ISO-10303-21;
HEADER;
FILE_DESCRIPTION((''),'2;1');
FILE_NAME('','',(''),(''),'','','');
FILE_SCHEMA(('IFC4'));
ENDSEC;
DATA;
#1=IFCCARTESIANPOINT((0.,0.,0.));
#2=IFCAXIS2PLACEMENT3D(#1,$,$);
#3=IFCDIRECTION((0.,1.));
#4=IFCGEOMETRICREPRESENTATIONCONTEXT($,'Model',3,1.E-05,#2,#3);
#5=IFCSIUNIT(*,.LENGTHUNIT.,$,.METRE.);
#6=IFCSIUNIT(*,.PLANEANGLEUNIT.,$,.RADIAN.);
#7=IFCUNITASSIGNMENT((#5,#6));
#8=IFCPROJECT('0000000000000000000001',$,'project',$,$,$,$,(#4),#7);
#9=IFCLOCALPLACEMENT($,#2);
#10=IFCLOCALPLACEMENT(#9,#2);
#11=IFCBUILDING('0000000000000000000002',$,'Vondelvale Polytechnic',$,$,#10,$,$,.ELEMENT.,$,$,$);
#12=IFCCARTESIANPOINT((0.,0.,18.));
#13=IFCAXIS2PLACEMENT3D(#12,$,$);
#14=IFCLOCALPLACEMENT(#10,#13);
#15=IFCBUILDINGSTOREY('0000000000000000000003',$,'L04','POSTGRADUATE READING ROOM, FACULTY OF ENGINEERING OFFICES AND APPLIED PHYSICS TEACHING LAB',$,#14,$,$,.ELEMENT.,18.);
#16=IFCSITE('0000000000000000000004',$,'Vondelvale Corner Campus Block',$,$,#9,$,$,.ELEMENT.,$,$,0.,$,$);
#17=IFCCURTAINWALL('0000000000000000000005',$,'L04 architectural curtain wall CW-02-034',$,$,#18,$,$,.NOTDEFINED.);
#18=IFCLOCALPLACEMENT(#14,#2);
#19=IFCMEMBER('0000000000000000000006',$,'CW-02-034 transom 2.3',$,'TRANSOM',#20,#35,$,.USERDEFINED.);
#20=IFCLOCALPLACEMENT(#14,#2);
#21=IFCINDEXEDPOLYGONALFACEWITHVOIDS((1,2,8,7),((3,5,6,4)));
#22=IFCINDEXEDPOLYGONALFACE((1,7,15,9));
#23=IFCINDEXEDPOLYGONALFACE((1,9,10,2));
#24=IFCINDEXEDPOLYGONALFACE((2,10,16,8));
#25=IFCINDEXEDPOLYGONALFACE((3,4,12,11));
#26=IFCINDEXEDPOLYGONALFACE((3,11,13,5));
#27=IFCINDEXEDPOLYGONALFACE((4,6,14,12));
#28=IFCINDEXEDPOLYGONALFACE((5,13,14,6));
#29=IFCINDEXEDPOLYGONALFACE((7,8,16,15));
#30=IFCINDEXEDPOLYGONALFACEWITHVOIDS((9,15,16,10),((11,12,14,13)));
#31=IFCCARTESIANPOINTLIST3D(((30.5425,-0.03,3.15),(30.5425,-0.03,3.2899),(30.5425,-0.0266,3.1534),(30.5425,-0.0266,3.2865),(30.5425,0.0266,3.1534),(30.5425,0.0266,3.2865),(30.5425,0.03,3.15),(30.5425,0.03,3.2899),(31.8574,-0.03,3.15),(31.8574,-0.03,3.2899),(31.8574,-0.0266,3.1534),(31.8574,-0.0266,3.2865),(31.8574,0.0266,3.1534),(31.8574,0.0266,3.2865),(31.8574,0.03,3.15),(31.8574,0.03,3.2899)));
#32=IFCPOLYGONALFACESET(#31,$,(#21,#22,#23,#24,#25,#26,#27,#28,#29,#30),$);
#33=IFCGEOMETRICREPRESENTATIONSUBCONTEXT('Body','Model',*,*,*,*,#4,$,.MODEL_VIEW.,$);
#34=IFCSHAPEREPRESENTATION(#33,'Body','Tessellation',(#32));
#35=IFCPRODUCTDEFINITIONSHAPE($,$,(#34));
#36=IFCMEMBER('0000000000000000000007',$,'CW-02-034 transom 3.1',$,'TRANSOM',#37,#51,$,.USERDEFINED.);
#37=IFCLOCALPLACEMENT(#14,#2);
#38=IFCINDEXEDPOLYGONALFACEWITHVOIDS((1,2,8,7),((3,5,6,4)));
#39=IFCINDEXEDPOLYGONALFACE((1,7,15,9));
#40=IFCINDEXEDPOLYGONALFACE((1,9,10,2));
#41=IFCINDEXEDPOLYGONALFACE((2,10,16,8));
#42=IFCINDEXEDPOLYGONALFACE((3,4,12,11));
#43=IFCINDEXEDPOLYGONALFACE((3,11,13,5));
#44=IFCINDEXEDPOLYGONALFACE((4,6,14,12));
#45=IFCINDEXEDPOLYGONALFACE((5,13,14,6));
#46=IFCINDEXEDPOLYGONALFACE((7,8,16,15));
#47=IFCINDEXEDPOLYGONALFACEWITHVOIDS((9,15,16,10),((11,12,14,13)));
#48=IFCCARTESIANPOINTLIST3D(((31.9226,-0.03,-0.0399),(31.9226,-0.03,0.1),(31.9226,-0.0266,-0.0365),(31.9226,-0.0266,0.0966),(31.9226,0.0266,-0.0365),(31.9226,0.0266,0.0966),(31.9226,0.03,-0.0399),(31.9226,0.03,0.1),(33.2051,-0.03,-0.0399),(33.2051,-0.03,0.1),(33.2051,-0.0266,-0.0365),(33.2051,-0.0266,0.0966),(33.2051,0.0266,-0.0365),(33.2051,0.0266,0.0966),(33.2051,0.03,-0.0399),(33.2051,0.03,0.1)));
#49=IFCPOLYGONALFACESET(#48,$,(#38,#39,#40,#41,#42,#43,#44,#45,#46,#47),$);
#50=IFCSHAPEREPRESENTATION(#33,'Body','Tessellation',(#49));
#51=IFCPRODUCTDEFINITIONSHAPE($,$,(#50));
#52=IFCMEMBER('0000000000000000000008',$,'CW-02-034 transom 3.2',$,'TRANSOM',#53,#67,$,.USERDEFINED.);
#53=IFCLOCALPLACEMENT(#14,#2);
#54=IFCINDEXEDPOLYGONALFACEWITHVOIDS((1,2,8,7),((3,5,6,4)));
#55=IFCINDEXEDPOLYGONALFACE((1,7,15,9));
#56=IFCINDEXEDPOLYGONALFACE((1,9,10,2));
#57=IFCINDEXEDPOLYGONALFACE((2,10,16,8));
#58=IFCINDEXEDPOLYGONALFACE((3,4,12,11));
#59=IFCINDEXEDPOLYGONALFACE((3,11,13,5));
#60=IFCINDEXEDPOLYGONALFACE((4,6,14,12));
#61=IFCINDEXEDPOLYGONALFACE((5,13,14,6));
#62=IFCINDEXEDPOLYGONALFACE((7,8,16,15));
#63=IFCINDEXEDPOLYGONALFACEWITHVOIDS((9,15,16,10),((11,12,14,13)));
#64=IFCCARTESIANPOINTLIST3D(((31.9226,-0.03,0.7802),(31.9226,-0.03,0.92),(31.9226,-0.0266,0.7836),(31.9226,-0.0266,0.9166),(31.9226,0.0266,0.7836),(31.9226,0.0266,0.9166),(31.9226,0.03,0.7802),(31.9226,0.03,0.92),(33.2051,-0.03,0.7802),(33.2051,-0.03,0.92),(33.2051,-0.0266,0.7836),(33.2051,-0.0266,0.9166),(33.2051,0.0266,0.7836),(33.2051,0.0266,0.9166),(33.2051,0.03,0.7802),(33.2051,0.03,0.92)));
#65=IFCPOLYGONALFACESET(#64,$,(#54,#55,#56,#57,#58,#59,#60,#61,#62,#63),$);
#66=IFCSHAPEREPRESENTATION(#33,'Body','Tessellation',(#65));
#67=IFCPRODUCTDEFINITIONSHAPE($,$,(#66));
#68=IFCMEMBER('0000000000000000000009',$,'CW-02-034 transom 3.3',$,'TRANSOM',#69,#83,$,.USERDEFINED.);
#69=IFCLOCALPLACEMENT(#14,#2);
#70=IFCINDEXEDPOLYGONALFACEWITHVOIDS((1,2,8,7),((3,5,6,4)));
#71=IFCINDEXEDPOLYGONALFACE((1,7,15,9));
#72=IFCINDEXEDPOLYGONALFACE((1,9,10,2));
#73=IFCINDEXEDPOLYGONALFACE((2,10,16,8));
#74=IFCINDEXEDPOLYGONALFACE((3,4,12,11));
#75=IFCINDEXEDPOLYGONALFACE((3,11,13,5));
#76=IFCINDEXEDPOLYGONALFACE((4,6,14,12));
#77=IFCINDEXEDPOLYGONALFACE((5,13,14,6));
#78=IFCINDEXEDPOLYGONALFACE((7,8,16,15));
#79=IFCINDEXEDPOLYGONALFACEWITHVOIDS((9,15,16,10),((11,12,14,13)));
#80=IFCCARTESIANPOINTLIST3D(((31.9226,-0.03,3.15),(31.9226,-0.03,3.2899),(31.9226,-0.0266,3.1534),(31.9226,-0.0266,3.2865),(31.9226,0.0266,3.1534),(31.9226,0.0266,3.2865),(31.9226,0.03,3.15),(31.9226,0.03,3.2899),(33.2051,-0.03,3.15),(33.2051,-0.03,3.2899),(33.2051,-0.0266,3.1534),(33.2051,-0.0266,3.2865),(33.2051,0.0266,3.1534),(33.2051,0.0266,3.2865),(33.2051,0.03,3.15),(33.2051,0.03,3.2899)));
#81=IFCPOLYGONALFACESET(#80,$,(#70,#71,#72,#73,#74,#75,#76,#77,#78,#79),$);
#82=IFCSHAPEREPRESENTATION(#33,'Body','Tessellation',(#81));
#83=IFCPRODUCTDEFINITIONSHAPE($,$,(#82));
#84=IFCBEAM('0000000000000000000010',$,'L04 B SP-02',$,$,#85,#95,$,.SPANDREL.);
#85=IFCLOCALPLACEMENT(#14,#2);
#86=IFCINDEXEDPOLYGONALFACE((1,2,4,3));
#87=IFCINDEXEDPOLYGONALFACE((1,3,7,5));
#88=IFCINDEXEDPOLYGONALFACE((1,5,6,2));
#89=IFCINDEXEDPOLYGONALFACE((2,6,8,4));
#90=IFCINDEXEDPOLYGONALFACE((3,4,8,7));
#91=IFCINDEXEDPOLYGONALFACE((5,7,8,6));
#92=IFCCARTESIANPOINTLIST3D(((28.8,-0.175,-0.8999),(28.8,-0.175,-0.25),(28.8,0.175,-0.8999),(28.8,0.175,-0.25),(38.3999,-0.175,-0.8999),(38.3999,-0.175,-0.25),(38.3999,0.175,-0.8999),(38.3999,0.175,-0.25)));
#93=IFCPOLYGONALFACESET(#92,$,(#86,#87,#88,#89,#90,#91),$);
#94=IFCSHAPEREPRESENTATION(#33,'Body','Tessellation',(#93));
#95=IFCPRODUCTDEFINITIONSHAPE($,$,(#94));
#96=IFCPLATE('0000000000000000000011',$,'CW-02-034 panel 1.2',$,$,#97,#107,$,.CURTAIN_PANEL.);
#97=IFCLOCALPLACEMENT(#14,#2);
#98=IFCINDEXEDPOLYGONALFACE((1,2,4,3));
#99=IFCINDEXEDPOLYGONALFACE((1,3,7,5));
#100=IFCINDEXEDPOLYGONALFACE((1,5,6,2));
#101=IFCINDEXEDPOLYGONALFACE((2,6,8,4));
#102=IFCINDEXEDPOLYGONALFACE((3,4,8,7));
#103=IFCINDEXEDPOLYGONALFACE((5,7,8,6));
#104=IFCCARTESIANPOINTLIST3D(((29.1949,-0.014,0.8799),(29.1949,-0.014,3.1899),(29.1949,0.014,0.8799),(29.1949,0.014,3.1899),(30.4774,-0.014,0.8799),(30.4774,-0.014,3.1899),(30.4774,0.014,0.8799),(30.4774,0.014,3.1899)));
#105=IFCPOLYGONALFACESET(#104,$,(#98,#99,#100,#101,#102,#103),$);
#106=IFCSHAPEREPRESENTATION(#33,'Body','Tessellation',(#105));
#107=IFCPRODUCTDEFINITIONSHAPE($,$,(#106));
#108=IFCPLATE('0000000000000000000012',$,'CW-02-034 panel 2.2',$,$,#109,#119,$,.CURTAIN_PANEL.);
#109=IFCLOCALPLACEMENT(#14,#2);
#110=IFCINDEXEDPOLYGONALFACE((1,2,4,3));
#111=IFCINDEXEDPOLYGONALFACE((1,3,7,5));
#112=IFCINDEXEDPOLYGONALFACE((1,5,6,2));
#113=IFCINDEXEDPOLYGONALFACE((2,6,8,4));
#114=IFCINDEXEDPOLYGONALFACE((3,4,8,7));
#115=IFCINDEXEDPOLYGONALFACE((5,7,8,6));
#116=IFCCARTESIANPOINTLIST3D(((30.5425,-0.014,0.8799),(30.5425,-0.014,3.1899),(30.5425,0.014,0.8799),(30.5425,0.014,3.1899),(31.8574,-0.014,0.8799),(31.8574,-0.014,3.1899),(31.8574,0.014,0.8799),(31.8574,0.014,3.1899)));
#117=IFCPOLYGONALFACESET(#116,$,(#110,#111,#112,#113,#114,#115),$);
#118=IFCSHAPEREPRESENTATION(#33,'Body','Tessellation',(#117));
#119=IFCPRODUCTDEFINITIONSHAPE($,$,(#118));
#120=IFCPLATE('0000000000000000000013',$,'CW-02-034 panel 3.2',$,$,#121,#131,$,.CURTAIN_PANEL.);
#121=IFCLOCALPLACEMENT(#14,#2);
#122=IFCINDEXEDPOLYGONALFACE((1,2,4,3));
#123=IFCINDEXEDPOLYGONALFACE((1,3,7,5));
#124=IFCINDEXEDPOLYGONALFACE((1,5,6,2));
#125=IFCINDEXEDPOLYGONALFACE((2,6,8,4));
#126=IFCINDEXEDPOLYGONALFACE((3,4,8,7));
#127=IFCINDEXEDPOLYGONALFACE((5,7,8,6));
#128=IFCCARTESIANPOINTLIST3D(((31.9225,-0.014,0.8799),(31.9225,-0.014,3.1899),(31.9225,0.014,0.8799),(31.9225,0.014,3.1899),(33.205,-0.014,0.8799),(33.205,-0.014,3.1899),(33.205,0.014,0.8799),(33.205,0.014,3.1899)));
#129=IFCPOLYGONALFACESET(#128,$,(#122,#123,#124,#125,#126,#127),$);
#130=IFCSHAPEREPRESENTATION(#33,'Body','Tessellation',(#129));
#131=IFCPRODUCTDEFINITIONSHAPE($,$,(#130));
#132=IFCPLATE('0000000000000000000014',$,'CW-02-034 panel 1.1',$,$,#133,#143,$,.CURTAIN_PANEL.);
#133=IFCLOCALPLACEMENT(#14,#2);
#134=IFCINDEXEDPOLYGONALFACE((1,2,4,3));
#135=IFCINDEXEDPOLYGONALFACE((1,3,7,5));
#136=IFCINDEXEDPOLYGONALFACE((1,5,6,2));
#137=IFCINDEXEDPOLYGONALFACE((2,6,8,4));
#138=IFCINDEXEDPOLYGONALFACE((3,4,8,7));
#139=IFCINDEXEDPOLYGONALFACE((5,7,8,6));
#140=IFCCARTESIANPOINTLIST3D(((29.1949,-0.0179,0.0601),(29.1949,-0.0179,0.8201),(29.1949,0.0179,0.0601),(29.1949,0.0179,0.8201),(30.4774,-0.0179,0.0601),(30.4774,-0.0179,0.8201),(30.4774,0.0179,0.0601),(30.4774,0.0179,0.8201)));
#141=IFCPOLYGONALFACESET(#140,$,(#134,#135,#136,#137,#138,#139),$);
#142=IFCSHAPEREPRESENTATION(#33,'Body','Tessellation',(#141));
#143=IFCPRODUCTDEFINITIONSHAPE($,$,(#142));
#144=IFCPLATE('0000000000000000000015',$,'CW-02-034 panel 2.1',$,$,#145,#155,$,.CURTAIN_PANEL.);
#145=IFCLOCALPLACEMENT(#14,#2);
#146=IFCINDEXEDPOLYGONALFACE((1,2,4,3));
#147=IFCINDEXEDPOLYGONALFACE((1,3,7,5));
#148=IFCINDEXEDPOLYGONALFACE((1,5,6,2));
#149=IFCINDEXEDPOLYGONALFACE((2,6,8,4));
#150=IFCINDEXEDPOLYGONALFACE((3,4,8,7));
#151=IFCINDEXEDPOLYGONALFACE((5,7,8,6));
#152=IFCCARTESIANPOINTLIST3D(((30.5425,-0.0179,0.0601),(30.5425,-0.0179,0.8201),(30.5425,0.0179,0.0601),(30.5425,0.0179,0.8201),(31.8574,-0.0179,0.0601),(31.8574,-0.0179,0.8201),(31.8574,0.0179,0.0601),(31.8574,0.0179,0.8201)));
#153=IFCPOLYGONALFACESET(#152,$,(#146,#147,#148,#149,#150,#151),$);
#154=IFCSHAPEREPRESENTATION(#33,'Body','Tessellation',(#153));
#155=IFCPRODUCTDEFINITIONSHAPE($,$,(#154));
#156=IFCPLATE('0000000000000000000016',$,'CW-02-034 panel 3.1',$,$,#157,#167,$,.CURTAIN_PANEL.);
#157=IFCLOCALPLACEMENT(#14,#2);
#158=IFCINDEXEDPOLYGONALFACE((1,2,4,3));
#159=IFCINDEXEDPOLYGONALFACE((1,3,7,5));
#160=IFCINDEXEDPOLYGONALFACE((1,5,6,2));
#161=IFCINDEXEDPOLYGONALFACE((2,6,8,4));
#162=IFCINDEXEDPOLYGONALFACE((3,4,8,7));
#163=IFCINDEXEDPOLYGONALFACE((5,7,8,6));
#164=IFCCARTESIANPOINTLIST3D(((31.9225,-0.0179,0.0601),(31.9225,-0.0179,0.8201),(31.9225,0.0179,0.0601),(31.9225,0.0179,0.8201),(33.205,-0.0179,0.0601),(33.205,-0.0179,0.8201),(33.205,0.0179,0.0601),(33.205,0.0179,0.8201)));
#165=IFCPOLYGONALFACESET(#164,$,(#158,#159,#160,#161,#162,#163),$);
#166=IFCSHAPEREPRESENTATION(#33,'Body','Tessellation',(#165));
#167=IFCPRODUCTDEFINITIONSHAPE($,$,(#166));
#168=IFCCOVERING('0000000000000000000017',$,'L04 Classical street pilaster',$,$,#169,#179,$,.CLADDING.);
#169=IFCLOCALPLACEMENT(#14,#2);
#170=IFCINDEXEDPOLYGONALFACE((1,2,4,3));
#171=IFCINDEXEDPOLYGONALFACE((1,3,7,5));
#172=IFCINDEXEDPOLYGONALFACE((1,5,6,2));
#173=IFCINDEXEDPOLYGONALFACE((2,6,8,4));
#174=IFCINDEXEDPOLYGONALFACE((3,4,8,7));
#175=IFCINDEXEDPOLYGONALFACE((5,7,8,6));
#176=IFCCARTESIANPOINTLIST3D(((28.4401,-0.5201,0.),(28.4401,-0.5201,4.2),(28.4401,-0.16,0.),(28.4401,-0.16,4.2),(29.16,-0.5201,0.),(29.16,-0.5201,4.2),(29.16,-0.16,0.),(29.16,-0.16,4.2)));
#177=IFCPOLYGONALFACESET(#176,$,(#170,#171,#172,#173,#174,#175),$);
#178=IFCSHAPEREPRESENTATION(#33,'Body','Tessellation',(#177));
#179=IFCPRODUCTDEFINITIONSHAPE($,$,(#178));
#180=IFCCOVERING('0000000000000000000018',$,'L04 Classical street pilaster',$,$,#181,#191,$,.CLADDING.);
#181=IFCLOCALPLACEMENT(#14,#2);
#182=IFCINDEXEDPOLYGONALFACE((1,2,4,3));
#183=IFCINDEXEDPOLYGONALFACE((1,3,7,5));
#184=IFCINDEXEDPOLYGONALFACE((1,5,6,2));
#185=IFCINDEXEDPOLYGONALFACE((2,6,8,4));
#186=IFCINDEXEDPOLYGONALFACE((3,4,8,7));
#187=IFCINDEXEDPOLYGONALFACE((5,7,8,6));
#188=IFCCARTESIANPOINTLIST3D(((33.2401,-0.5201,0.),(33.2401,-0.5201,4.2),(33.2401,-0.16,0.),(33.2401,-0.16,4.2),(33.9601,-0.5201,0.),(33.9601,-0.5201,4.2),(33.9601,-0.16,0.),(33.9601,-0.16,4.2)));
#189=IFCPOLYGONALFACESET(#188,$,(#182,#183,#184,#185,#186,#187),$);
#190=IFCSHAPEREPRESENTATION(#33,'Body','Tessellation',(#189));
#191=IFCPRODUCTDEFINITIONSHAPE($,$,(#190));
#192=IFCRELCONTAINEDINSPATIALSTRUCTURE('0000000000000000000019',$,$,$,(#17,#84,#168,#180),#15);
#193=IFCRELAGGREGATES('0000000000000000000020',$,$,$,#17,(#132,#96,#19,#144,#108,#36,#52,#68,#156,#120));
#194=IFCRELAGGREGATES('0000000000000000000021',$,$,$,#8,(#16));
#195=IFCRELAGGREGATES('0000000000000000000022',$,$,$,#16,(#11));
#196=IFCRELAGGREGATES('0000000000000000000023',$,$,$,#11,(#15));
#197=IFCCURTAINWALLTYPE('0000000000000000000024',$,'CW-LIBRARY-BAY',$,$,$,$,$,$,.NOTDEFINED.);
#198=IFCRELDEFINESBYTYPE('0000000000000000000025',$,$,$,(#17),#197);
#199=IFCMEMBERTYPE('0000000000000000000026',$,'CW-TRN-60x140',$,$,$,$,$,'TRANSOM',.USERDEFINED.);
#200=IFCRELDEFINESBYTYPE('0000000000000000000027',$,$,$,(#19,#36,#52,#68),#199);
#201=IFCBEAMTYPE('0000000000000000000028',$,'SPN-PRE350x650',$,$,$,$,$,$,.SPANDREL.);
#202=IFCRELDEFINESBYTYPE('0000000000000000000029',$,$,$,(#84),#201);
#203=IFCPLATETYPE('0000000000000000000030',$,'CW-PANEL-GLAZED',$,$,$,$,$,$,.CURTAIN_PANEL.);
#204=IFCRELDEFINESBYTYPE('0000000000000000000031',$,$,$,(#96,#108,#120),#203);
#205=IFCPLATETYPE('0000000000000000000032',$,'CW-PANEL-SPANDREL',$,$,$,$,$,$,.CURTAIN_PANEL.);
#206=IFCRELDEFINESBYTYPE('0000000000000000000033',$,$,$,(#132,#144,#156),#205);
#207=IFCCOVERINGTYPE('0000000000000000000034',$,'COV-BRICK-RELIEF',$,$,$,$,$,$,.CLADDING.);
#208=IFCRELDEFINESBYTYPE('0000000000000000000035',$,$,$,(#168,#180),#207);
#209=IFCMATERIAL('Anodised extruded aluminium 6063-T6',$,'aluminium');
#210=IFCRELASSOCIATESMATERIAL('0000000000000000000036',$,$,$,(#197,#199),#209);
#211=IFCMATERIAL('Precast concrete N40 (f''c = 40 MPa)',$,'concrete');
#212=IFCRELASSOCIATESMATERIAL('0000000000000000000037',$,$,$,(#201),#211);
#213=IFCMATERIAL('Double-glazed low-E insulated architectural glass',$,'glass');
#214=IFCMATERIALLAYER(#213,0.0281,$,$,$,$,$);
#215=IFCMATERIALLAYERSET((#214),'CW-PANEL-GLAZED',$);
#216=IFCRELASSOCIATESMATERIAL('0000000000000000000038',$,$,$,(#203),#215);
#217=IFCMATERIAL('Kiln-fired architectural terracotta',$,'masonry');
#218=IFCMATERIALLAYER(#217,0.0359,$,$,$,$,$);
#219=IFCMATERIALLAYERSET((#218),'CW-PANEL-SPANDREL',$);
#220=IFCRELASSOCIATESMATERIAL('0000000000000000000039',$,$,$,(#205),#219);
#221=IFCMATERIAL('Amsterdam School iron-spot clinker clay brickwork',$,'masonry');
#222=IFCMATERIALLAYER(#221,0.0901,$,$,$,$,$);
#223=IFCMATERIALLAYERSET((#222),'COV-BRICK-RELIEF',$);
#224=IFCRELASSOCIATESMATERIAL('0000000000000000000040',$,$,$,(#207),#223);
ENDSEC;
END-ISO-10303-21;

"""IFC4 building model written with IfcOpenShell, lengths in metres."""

from ifc_helpers import new_model, si_unit, direction, frame, origin, origin_2d, place, context, subcontext, project, spatial, rectangle, hollow_rectangle, extrude, material, layer, layer_set, material_profile, profile_set, type_object, element, aggregate, save


model = new_model("IFC4")

# Units and contexts
model_context = context("Model", 3, precision=1e-05, world=origin(), true_north=direction((0.0, 1.0)))
body_context = subcontext(model_context, "Body", "Model", "MODEL_VIEW")
ifc_project = project(units=[si_unit("LENGTHUNIT", "METRE"), si_unit("PLANEANGLEUNIT", "RADIAN")], contexts=[model_context])

# Site, building, storey
site_placement = place(None, origin())
site = spatial("IfcSite", under=ifc_project, at=site_placement, Name="Vondelvale Corner Campus Block", CompositionType="ELEMENT", RefElevation=0.0)
building_placement = place(site_placement, origin())
building = spatial("IfcBuilding", under=site, at=building_placement, Name="Vondelvale Polytechnic", CompositionType="ELEMENT")
storey_placement = place(building_placement, frame((0.0, 0.0, 18.0)))
storey = spatial("IfcBuildingStorey", under=building, at=storey_placement, Name="L04", Description="POSTGRADUATE READING ROOM, FACULTY OF ENGINEERING OFFICES AND APPLIED PHYSICS TEACHING LAB", CompositionType="ELEMENT", Elevation=18.0)

# Shared definitions
ifc_material_1 = material(Name="Anodised extruded aluminium 6063-T6", Category="aluminium")
curtain_wall_type = type_object("IfcCurtainWallType", Name="CW-LIBRARY-BAY", PredefinedType="NOTDEFINED", material=ifc_material_1)

# Curtain wall, members
curtain_wall_1_placement = place(storey_placement, origin())
curtain_wall_1 = element("IfcCurtainWall", 1, at=curtain_wall_1_placement, inside=storey, type_object=curtain_wall_type, Name="L04 architectural curtain wall CW-02-034", PredefinedType="NOTDEFINED")
ifc_material_profile_1 = material_profile(ifc_material_1, hollow_rectangle(XDim=0.0601, YDim=0.1399, WallThickness=0.0034, at=origin_2d()), Name="CW-TRN-140x60")
ifc_profile_set_1 = profile_set([ifc_material_profile_1], Name="Anodised extruded aluminium 6063-T6")
member_type_1 = type_object("IfcMemberType", Name="CW-TRN-60x140", ElementType="TRANSOM", PredefinedType="USERDEFINED", material=ifc_profile_set_1)
member_1_placement = place(storey_placement, frame((30.5425, 0.0, 3.22), z_axis=(1.0, 0.0, 0.0), x_axis=(0.0, 1.0, 0.0)))
member_1 = element("IfcMember", 2, at=member_1_placement, type_object=member_type_1, Name="CW-02-034 transom 2.3", ObjectType="TRANSOM", PredefinedType="USERDEFINED", context=body_context, shape_type="SweptSolid", body=[
    extrude(hollow_rectangle(XDim=0.0601, YDim=0.1399, WallThickness=0.0034, at=origin_2d()), origin(), (0.0, 0.0, 1.0), 1.3149),
])
member_2_placement = place(storey_placement, frame((31.9226, 0.0, 0.03), z_axis=(1.0, 0.0, 0.0), x_axis=(0.0, 1.0, 0.0)))
member_2 = element("IfcMember", 3, at=member_2_placement, type_object=member_type_1, Name="CW-02-034 transom 3.1", ObjectType="TRANSOM", PredefinedType="USERDEFINED", context=body_context, shape_type="SweptSolid", body=[
    extrude(hollow_rectangle(XDim=0.0601, YDim=0.1399, WallThickness=0.0034, at=origin_2d()), origin(), (0.0, 0.0, 1.0), 1.2825),
])
member_3_placement = place(storey_placement, frame((31.9226, 0.0, 0.8501), z_axis=(1.0, 0.0, 0.0), x_axis=(0.0, 1.0, 0.0)))
member_3 = element("IfcMember", 4, at=member_3_placement, type_object=member_type_1, Name="CW-02-034 transom 3.2", ObjectType="TRANSOM", PredefinedType="USERDEFINED", context=body_context, shape_type="SweptSolid", body=[
    extrude(hollow_rectangle(XDim=0.0601, YDim=0.1399, WallThickness=0.0034, at=origin_2d()), origin(), (0.0, 0.0, 1.0), 1.2825),
])
member_4_placement = place(storey_placement, frame((31.9226, 0.0, 3.22), z_axis=(1.0, 0.0, 0.0), x_axis=(0.0, 1.0, 0.0)))
member_4 = element("IfcMember", 5, at=member_4_placement, type_object=member_type_1, Name="CW-02-034 transom 3.3", ObjectType="TRANSOM", PredefinedType="USERDEFINED", context=body_context, shape_type="SweptSolid", body=[
    extrude(hollow_rectangle(XDim=0.0601, YDim=0.1399, WallThickness=0.0034, at=origin_2d()), origin(), (0.0, 0.0, 1.0), 1.2825),
])

# Beam
ifc_material_2 = material(Name="Precast concrete N40 (f'c = 40 MPa)", Category="concrete")
ifc_material_profile_2 = material_profile(ifc_material_2, rectangle(XDim=0.3501, YDim=0.6499, at=origin_2d()), Name="RC-SPN-350x650")
ifc_profile_set_2 = profile_set([ifc_material_profile_2], Name="Precast concrete N40 (f'c = 40 MPa)")
beam_type_1 = type_object("IfcBeamType", Name="SPN-PRE350x650", PredefinedType="SPANDREL", material=ifc_profile_set_2)
beam_1_placement = place(storey_placement, frame((28.8, 0.0, -0.575), z_axis=(1.0, 0.0, 0.0), x_axis=(0.0, 1.0, 0.0)))
element("IfcBeam", 6, at=beam_1_placement, inside=storey, type_object=beam_type_1, Name="L04 B SP-02", PredefinedType="SPANDREL", context=body_context, shape_type="SweptSolid", body=[
    extrude(rectangle(XDim=0.3501, YDim=0.6499, at=origin_2d()), origin(), (0.0, 0.0, 1.0), 9.5999),
])

# Plates
ifc_material_3 = material(Name="Double-glazed low-E insulated architectural glass", Category="glass")
ifc_layer_1 = layer(ifc_material_3, 0.0281)
ifc_layer_set_1 = layer_set([ifc_layer_1], Name="CW-PANEL-GLAZED")
plate_type_1 = type_object("IfcPlateType", Name="CW-PANEL-GLAZED", PredefinedType="CURTAIN_PANEL", material=ifc_layer_set_1)
plate_1_placement = place(storey_placement, frame((29.8362, 0.0, 0.8799), z_axis=(0.0, 0.0, 1.0), x_axis=(1.0, 0.0, 0.0)))
plate_1 = element("IfcPlate", 7, at=plate_1_placement, type_object=plate_type_1, Name="CW-02-034 panel 1.2", PredefinedType="CURTAIN_PANEL", context=body_context, shape_type="SweptSolid", body=[
    extrude(rectangle(XDim=1.2825, YDim=0.0281, at=origin_2d()), origin(), (0.0, 0.0, 1.0), 2.3101),
])
plate_2_placement = place(storey_placement, frame((31.2, 0.0, 0.8799), z_axis=(0.0, 0.0, 1.0), x_axis=(1.0, 0.0, 0.0)))
plate_2 = element("IfcPlate", 8, at=plate_2_placement, type_object=plate_type_1, Name="CW-02-034 panel 2.2", PredefinedType="CURTAIN_PANEL", context=body_context, shape_type="SweptSolid", body=[
    extrude(rectangle(XDim=1.3149, YDim=0.0281, at=origin_2d()), origin(), (0.0, 0.0, 1.0), 2.3101),
])
plate_3_placement = place(storey_placement, frame((32.5637, 0.0, 0.8799), z_axis=(0.0, 0.0, 1.0), x_axis=(1.0, 0.0, 0.0)))
plate_3 = element("IfcPlate", 9, at=plate_3_placement, type_object=plate_type_1, Name="CW-02-034 panel 3.2", PredefinedType="CURTAIN_PANEL", context=body_context, shape_type="SweptSolid", body=[
    extrude(rectangle(XDim=1.2825, YDim=0.0281, at=origin_2d()), origin(), (0.0, 0.0, 1.0), 2.3101),
])
ifc_material_4 = material(Name="Kiln-fired architectural terracotta", Category="masonry")
ifc_layer_2 = layer(ifc_material_4, 0.0359)
ifc_layer_set_2 = layer_set([ifc_layer_2], Name="CW-PANEL-SPANDREL")
plate_type_2 = type_object("IfcPlateType", Name="CW-PANEL-SPANDREL", PredefinedType="CURTAIN_PANEL", material=ifc_layer_set_2)
plate_4_placement = place(storey_placement, frame((29.8362, 0.0, 0.0601), z_axis=(0.0, 0.0, 1.0), x_axis=(1.0, 0.0, 0.0)))
plate_4 = element("IfcPlate", 10, at=plate_4_placement, type_object=plate_type_2, Name="CW-02-034 panel 1.1", PredefinedType="CURTAIN_PANEL", context=body_context, shape_type="SweptSolid", body=[
    extrude(rectangle(XDim=1.2825, YDim=0.0359, at=origin_2d()), origin(), (0.0, 0.0, 1.0), 0.76),
])
plate_5_placement = place(storey_placement, frame((31.2, 0.0, 0.0601), z_axis=(0.0, 0.0, 1.0), x_axis=(1.0, 0.0, 0.0)))
plate_5 = element("IfcPlate", 11, at=plate_5_placement, type_object=plate_type_2, Name="CW-02-034 panel 2.1", PredefinedType="CURTAIN_PANEL", context=body_context, shape_type="SweptSolid", body=[
    extrude(rectangle(XDim=1.3149, YDim=0.0359, at=origin_2d()), origin(), (0.0, 0.0, 1.0), 0.76),
])
plate_6_placement = place(storey_placement, frame((32.5637, 0.0, 0.0601), z_axis=(0.0, 0.0, 1.0), x_axis=(1.0, 0.0, 0.0)))
plate_6 = element("IfcPlate", 12, at=plate_6_placement, type_object=plate_type_2, Name="CW-02-034 panel 3.1", PredefinedType="CURTAIN_PANEL", context=body_context, shape_type="SweptSolid", body=[
    extrude(rectangle(XDim=1.2825, YDim=0.0359, at=origin_2d()), origin(), (0.0, 0.0, 1.0), 0.76),
])
aggregate(curtain_wall_1, [plate_4, plate_1, member_1, plate_5, plate_2, member_2, member_3, member_4, plate_6, plate_3])

# Coverings
ifc_material_5 = material(Name="Amsterdam School iron-spot clinker clay brickwork", Category="masonry")
ifc_layer_3 = layer(ifc_material_5, 0.0901)
ifc_layer_set_3 = layer_set([ifc_layer_3], Name="COV-BRICK-RELIEF")
covering_type = type_object("IfcCoveringType", Name="COV-BRICK-RELIEF", PredefinedType="CLADDING", material=ifc_layer_set_3)
for number, where, z_axis, x_axis, name in (
    (13, (28.8, -0.3401, 0.0), (0.0, 0.0, 1.0), (1.0, 0.0, 0.0), "L04 Classical street pilaster"),
    (14, (33.6001, -0.3401, 0.0), (0.0, 0.0, 1.0), (1.0, 0.0, 0.0), "L04 Classical street pilaster"),
):
    element("IfcCovering", number, at=place(storey_placement, frame(where, z_axis=z_axis, x_axis=x_axis)), inside=storey, type_object=covering_type, Name=name, PredefinedType="CLADDING", context=body_context, shape_type="SweptSolid", body=[
        extrude(rectangle(XDim=0.72, YDim=0.3601, at=origin_2d()), origin(), (0.0, 0.0, 1.0), 4.2),
    ])

save(model, "model.ifc")
